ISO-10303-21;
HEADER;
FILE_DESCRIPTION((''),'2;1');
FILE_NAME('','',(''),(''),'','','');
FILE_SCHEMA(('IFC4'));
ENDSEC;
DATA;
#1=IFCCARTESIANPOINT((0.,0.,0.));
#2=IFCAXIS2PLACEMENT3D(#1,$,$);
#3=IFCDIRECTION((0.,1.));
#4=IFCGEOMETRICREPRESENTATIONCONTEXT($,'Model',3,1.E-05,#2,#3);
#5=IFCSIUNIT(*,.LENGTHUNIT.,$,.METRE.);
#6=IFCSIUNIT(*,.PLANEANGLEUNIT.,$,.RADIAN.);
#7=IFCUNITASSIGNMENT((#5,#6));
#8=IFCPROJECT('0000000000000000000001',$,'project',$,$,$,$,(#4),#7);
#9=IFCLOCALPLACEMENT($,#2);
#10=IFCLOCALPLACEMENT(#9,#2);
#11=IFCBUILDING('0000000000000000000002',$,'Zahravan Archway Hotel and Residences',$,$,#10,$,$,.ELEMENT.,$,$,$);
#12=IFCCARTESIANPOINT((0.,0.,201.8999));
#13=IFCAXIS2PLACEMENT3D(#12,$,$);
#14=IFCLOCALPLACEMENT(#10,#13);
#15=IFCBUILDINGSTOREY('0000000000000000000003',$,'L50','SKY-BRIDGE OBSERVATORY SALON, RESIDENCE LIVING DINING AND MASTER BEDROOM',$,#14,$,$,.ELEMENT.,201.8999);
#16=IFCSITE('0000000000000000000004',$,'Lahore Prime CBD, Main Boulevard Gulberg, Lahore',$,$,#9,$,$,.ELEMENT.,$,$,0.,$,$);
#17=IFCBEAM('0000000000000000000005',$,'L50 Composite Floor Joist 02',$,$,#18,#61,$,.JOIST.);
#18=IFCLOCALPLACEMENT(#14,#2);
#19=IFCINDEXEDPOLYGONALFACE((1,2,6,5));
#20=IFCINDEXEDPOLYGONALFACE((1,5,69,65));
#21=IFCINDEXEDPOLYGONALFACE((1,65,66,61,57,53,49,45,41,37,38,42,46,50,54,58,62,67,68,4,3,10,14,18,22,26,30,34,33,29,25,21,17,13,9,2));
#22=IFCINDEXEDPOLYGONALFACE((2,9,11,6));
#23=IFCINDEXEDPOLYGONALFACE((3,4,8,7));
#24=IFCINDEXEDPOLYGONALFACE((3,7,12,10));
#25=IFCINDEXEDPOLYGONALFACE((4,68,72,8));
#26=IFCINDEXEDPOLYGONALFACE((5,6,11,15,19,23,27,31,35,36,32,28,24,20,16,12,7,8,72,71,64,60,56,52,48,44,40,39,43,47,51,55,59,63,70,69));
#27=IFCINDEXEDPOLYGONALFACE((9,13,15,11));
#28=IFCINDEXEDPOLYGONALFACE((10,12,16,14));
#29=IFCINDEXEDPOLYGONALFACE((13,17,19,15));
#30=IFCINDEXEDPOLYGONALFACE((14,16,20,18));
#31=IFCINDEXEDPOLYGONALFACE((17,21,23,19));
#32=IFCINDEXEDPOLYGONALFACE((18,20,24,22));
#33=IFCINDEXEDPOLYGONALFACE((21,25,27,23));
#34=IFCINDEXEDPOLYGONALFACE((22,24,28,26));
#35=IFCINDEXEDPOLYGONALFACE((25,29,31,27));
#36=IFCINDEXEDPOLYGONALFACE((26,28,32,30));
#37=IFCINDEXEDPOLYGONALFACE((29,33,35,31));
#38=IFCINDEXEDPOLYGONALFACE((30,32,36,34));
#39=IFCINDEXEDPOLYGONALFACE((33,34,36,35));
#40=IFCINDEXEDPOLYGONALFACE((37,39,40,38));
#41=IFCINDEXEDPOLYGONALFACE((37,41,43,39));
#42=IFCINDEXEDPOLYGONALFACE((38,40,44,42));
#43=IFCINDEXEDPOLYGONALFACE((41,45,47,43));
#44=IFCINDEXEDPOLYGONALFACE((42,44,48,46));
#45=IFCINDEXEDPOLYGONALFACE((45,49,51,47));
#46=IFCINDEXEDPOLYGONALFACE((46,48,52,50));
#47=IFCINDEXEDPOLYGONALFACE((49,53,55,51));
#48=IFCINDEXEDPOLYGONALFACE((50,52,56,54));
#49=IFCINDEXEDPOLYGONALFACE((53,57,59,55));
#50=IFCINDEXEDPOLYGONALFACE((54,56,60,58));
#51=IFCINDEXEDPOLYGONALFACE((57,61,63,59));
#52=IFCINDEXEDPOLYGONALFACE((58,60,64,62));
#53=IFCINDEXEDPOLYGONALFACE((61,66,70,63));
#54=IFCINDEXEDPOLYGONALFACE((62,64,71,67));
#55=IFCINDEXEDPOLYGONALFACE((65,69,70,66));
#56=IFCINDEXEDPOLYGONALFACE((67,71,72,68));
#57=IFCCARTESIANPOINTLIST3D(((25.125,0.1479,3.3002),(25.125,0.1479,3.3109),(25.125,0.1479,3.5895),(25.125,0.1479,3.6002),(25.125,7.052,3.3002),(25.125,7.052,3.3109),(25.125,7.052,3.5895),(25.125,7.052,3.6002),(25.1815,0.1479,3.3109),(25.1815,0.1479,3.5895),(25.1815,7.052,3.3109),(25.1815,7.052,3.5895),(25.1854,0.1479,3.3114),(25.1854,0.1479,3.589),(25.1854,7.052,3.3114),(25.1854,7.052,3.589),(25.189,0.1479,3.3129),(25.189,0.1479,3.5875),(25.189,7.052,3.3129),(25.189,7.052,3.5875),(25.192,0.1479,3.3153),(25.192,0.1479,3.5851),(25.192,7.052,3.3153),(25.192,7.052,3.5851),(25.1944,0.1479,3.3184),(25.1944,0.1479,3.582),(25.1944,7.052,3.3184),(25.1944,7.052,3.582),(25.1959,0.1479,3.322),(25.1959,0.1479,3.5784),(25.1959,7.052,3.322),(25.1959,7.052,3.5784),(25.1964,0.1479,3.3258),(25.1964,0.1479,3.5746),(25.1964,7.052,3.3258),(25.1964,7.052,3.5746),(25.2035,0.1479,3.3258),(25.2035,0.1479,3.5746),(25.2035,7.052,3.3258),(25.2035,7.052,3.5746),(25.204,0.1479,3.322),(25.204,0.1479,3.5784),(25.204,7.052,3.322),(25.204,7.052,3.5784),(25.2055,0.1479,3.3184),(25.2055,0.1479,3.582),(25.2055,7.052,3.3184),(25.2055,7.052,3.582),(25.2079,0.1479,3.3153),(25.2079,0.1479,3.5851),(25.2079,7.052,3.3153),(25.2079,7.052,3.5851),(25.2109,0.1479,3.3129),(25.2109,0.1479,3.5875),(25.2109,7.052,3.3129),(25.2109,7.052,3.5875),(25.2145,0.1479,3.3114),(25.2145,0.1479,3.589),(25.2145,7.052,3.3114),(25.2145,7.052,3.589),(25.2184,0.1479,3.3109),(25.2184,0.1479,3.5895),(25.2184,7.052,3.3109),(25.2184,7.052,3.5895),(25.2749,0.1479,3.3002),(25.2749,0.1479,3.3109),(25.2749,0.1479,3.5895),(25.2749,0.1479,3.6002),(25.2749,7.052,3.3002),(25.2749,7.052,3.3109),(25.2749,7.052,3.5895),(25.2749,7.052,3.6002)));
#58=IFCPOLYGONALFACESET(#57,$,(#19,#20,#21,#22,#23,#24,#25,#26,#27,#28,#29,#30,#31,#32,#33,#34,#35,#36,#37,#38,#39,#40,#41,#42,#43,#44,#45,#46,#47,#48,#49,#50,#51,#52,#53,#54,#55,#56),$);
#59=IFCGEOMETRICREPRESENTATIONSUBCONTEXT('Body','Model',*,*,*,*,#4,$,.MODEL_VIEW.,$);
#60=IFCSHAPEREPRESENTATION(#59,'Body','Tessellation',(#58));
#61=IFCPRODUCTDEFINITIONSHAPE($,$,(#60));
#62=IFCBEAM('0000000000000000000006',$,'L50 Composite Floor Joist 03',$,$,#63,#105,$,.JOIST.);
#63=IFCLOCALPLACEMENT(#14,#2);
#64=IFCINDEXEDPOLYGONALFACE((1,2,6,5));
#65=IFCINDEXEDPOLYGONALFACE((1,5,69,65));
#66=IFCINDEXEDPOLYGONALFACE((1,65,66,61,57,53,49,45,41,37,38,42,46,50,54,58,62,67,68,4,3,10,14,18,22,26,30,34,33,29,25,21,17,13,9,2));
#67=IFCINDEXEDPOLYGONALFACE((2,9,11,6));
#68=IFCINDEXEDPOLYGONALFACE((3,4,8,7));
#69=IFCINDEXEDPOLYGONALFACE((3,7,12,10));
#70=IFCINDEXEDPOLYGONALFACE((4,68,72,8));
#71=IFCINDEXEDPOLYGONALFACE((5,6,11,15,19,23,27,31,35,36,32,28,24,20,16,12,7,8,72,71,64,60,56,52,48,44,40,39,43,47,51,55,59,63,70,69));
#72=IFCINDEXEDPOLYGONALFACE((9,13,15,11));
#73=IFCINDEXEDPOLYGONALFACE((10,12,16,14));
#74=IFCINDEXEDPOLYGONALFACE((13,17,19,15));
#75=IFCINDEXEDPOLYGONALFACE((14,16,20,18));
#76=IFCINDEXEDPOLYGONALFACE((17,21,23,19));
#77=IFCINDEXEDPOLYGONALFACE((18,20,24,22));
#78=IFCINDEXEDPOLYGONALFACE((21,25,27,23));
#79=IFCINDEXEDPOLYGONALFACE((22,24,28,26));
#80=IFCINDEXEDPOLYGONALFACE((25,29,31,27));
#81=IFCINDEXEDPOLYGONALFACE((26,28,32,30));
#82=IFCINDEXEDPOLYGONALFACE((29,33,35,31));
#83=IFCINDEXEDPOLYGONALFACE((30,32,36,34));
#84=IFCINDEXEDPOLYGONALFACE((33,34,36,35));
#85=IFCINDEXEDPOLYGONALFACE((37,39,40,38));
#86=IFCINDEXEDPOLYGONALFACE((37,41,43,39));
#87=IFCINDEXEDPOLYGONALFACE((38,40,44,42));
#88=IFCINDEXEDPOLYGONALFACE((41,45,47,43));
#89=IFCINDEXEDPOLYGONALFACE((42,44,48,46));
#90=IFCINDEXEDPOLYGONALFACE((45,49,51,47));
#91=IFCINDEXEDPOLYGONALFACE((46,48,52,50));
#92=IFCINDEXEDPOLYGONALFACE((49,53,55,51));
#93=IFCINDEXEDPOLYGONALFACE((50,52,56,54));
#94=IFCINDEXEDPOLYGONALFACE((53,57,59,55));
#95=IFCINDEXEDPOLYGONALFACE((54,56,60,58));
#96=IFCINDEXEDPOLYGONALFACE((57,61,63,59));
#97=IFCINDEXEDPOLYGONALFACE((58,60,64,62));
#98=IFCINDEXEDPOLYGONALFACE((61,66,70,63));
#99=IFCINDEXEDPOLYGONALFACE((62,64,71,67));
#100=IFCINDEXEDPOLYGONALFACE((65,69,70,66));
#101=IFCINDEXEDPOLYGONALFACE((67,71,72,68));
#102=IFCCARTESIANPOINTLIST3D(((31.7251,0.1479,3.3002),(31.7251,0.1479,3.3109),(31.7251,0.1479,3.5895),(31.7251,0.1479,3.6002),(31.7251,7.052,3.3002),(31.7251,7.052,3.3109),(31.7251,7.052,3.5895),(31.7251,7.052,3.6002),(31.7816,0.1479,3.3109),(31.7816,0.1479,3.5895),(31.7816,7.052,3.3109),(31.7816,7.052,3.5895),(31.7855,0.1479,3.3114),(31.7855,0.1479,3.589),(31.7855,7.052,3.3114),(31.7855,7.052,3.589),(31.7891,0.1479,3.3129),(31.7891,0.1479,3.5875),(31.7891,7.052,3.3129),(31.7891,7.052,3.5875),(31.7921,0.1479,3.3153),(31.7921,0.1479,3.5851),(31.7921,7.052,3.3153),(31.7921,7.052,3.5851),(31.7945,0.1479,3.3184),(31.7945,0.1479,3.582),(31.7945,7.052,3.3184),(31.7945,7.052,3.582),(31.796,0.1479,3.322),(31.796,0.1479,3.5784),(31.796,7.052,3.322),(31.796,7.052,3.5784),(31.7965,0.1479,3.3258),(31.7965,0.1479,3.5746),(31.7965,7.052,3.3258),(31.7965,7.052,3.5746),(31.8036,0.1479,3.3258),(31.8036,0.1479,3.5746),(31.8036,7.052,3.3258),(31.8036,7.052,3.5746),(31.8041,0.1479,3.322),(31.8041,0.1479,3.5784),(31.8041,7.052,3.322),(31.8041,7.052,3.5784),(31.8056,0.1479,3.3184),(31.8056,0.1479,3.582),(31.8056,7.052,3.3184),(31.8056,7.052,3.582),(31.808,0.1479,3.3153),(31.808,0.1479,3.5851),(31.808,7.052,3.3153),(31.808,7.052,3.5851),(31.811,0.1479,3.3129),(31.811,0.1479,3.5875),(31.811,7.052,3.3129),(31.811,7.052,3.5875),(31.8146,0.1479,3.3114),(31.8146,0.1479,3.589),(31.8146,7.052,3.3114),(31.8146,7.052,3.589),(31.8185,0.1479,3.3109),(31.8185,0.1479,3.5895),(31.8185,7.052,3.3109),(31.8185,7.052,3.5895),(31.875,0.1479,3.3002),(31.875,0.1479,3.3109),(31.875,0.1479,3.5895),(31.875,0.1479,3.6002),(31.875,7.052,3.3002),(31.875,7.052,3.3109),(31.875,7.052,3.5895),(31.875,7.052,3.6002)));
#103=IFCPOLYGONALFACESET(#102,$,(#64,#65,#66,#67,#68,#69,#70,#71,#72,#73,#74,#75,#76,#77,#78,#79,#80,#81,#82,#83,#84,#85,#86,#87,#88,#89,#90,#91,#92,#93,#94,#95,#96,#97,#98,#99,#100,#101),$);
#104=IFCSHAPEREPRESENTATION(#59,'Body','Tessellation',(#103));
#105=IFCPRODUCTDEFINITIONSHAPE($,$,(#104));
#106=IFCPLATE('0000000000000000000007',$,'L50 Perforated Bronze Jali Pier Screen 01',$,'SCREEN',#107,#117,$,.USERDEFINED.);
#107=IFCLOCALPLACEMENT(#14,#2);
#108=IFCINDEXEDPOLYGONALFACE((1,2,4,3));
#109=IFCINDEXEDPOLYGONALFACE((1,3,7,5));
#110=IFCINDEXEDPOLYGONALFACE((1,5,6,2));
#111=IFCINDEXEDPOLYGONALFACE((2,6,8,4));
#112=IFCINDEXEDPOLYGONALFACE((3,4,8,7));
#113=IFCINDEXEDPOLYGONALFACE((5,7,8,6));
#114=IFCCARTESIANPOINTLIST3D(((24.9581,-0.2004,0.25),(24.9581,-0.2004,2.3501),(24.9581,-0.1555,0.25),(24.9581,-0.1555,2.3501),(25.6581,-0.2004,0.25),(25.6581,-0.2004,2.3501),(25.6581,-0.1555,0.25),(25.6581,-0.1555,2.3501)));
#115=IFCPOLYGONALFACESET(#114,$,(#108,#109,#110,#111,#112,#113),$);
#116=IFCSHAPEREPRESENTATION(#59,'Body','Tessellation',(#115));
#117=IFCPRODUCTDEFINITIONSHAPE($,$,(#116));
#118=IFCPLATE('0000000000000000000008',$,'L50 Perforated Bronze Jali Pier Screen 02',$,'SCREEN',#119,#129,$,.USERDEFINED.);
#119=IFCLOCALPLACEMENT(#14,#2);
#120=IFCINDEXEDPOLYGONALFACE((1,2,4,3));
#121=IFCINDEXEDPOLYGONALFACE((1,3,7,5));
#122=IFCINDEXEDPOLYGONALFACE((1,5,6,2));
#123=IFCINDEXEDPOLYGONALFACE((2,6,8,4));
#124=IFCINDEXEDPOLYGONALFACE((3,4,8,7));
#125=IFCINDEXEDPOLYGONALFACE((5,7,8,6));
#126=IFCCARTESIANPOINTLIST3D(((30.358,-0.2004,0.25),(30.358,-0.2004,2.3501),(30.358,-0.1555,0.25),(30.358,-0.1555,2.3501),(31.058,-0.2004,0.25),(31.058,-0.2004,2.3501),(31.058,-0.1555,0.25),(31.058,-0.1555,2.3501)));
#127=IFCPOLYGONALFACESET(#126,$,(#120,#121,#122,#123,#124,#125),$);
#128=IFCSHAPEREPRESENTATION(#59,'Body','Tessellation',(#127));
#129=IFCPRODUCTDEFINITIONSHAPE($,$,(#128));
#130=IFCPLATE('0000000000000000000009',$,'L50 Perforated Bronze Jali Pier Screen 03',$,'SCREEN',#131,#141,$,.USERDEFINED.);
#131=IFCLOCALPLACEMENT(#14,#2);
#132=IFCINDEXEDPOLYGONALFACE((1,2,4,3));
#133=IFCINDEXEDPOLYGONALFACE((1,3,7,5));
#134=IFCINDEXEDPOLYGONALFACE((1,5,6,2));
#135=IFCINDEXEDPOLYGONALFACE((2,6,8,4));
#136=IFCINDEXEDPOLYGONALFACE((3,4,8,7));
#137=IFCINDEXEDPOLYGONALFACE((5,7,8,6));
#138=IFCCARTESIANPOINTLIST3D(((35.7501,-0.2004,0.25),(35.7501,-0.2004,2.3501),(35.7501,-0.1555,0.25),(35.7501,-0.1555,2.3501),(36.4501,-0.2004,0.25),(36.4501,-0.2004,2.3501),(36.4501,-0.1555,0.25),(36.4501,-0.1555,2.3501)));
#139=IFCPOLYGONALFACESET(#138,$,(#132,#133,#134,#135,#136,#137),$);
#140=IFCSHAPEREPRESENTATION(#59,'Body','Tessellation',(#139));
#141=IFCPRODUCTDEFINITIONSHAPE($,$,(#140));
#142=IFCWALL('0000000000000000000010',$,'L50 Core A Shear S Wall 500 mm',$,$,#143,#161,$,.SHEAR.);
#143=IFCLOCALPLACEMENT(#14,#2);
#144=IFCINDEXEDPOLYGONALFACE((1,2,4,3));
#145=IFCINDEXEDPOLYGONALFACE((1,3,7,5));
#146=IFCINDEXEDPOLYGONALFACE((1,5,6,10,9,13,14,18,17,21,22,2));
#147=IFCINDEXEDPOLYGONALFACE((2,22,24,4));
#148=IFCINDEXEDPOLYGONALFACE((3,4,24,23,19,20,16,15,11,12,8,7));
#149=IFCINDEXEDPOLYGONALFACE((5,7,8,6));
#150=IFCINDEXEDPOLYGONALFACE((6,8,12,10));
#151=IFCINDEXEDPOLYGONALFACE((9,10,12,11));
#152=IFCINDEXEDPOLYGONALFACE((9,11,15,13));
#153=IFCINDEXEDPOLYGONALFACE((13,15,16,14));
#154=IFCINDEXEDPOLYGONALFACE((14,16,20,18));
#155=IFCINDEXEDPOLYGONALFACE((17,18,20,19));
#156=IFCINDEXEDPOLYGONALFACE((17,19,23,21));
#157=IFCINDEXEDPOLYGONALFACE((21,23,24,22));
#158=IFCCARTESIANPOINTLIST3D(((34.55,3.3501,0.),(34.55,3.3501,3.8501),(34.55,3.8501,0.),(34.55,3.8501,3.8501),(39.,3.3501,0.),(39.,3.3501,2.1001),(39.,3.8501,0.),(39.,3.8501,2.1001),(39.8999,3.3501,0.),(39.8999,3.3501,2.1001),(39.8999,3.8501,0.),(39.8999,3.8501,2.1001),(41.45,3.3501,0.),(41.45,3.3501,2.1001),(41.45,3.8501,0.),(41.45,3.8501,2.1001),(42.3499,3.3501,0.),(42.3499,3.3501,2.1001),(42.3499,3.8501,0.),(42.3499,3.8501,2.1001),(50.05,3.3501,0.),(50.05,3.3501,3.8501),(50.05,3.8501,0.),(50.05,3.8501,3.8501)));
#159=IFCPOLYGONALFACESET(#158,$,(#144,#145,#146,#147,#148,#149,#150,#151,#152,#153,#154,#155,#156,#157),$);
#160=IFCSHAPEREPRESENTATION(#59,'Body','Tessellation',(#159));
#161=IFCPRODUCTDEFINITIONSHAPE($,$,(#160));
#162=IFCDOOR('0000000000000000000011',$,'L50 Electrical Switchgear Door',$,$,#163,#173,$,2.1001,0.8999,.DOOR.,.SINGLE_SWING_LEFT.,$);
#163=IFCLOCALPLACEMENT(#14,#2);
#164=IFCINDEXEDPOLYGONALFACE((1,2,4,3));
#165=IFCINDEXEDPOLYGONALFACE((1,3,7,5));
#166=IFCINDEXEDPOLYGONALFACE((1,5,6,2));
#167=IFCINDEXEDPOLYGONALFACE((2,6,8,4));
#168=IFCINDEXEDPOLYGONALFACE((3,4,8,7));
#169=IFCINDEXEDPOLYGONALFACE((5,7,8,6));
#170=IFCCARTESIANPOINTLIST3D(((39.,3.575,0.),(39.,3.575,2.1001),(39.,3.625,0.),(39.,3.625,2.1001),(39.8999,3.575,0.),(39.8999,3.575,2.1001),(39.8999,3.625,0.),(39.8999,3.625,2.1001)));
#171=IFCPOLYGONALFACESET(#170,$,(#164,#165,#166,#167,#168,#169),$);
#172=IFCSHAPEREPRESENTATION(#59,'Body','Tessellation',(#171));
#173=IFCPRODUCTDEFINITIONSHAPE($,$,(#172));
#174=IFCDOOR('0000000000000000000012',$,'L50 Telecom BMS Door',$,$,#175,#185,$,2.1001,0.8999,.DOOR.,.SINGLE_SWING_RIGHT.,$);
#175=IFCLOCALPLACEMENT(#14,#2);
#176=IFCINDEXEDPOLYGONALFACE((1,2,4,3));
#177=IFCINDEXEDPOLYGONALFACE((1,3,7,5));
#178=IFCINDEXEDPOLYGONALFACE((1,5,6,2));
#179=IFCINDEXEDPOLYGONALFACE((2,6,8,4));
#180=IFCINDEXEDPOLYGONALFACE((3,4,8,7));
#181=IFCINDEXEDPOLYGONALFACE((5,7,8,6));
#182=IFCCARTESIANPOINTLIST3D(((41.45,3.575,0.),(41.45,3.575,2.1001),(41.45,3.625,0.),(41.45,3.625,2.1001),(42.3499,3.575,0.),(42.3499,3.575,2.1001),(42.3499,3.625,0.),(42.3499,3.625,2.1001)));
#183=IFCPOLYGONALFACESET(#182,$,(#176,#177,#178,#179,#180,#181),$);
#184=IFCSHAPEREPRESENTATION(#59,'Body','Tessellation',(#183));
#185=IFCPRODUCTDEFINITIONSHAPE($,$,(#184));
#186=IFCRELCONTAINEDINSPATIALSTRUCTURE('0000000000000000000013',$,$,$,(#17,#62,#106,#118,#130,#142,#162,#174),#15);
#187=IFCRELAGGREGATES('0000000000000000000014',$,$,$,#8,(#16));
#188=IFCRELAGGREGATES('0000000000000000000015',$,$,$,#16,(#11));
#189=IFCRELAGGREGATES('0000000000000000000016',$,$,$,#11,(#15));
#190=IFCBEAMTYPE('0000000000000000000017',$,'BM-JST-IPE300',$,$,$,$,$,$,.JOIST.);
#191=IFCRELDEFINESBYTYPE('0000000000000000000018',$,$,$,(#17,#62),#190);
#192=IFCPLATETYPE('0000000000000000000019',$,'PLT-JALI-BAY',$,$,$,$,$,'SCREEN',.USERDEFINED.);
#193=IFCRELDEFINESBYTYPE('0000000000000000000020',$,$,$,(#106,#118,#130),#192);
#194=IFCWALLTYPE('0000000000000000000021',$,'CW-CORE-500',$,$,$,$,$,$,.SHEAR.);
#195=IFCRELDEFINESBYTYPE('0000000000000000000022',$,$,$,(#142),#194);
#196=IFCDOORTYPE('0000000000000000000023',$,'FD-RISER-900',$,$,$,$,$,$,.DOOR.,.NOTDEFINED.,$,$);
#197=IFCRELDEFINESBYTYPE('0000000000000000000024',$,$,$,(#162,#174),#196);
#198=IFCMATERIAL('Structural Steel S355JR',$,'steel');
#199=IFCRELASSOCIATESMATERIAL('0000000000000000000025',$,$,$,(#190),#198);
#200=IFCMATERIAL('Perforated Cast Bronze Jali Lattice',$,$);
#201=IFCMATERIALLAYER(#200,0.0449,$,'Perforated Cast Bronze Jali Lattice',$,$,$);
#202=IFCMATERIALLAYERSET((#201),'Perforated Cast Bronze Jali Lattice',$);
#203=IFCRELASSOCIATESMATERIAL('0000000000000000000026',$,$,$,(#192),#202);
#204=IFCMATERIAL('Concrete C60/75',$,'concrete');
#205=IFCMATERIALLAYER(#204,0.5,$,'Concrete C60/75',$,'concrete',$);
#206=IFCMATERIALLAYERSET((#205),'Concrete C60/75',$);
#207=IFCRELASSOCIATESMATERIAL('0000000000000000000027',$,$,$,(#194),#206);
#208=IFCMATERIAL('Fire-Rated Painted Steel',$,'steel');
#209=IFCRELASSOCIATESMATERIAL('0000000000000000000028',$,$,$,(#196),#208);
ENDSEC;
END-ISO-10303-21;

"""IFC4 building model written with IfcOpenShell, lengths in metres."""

from ifc_helpers import new_model, si_unit, direction, frame, frame_2d, origin, origin_2d, place, context, subcontext, project, spatial, rectangle, i_section, extrude, source, transform, mapped, material, layer, layer_set, material_profile, profile_set, type_object, type_shapes, element, fill, save


model = new_model("IFC4")

# Units and contexts
model_context = context("Model", 3, precision=1e-05, world=origin(), true_north=direction((0.0, 1.0)))
body_context = subcontext(model_context, "Body", "Model", "MODEL_VIEW")
ifc_project = project(units=[si_unit("LENGTHUNIT", "METRE"), si_unit("PLANEANGLEUNIT", "RADIAN")], contexts=[model_context])

# Site, building, storey
site_placement = place(None, origin())
site = spatial("IfcSite", under=ifc_project, at=site_placement, Name="Lahore Prime CBD, Main Boulevard Gulberg, Lahore", CompositionType="ELEMENT", RefElevation=0.0)
building_placement = place(site_placement, origin())
building = spatial("IfcBuilding", under=site, at=building_placement, Name="Zahravan Archway Hotel and Residences", CompositionType="ELEMENT")
storey_placement = place(building_placement, frame((0.0, 0.0, 201.8999)))
storey = spatial("IfcBuildingStorey", under=building, at=storey_placement, Name="L50", Description="SKY-BRIDGE OBSERVATORY SALON, RESIDENCE LIVING DINING AND MASTER BEDROOM", CompositionType="ELEMENT", Elevation=201.8999)

# Shared definitions
ifc_material_1 = material(Name="Concrete C60/75", Category="concrete")

# Beams
ifc_material_2 = material(Name="Structural Steel S355JR", Category="steel")
ifc_material_profile_1 = material_profile(ifc_material_2, i_section(OverallWidth=0.1499, OverallDepth=0.3, WebThickness=0.0071, FlangeThickness=0.0107, FilletRadius=0.0149, at=origin_2d()), Name="IPE 300", Category="steel")
ifc_profile_set_1 = profile_set([ifc_material_profile_1], Name="Structural Steel S355JR")
beam_type_1 = type_object("IfcBeamType", Name="BM-JST-IPE300", PredefinedType="JOIST", material=ifc_profile_set_1)
shared_shape_1 = source(origin(), body_context, "Body", "SweptSolid", [
    extrude(i_section(OverallWidth=0.1499, OverallDepth=0.3, WebThickness=0.0071, FlangeThickness=0.0107, FilletRadius=0.0149, at=origin_2d()), origin(), (0.0, 0.0, 1.0), 6.9041),
])
type_shapes(beam_type_1, [shared_shape_1])
for number, where, z_axis, x_axis, name in (
    (1, (25.2, 0.1479, 3.4502), (0.0, 1.0, 0.0), (-1.0, 0.0, 0.0), "L50 Composite Floor Joist 02"),
    (2, (31.8, 0.1479, 3.4502), (0.0, 1.0, 0.0), (-1.0, 0.0, 0.0), "L50 Composite Floor Joist 03"),
):
    element("IfcBeam", number, at=place(storey_placement, frame(where, z_axis=z_axis, x_axis=x_axis)), inside=storey, type_object=beam_type_1, Name=name, PredefinedType="JOIST", context=body_context, shape_type="MappedRepresentation", body=[
        mapped(shared_shape_1, transform((0.0, 0.0, 0.0), scale=1.0)),
    ])

# Plates
ifc_material_3 = material(Name="Perforated Cast Bronze Jali Lattice")
ifc_layer_1 = layer(ifc_material_3, 0.0449, Name="Perforated Cast Bronze Jali Lattice")
ifc_layer_set_1 = layer_set([ifc_layer_1], Name="Perforated Cast Bronze Jali Lattice")
plate_type = type_object("IfcPlateType", Name="PLT-JALI-BAY", ElementType="SCREEN", PredefinedType="USERDEFINED", material=ifc_layer_set_1)
shared_shape_2 = source(origin(), body_context, "Body", "SweptSolid", [
    extrude(rectangle(XDim=0.7, YDim=0.0449, at=origin_2d()), origin(), (0.0, 0.0, 1.0), 2.1001),
])
type_shapes(plate_type, [shared_shape_2])
for number, where, z_axis, x_axis, name in (
    (3, (25.3081, -0.178, 0.25), (0.0, 0.0, 1.0), (1.0, 0.0, 0.0), "L50 Perforated Bronze Jali Pier Screen 01"),
    (4, (30.708, -0.178, 0.25), (0.0, 0.0, 1.0), (1.0, 0.0, 0.0), "L50 Perforated Bronze Jali Pier Screen 02"),
    (5, (36.1001, -0.178, 0.25), (0.0, 0.0, 1.0), (1.0, 0.0, 0.0), "L50 Perforated Bronze Jali Pier Screen 03"),
):
    element("IfcPlate", number, at=place(storey_placement, frame(where, z_axis=z_axis, x_axis=x_axis)), inside=storey, type_object=plate_type, Name=name, ObjectType="SCREEN", PredefinedType="USERDEFINED", context=body_context, shape_type="MappedRepresentation", body=[
        mapped(shared_shape_2, transform((0.0, 0.0, 0.0), scale=1.0)),
    ])

# Wall, openings, doors
ifc_layer_2 = layer(ifc_material_1, 0.5, Name="Concrete C60/75", Category="concrete")
ifc_layer_set_2 = layer_set([ifc_layer_2], Name="Concrete C60/75")
wall_type_1 = type_object("IfcWallType", Name="CW-CORE-500", PredefinedType="SHEAR", material=ifc_layer_set_2)
wall_1_placement = place(storey_placement, frame((34.55, 3.6001, 0.0), z_axis=(0.0, 0.0, 1.0), x_axis=(1.0, 0.0, 0.0)))
wall_1 = element("IfcWall", 6, at=wall_1_placement, inside=storey, type_object=wall_type_1, Name="L50 Core A Shear S Wall 500 mm", PredefinedType="SHEAR", context=body_context, shape_type="SweptSolid", body=[
    extrude(rectangle(XDim=15.5, YDim=0.5, at=frame_2d((7.75, 0.0))), origin(), (0.0, 0.0, 1.0), 3.8501),
])
opening_1_placement = place(wall_1_placement, frame((4.45, 0.0, 0.0)))
opening_1 = element("IfcOpeningElement", 7, at=opening_1_placement, cuts=wall_1, PredefinedType="OPENING", context=body_context, shape_type="SweptSolid", body=[
    extrude(rectangle(XDim=0.8999, YDim=2.1001, at=frame_2d((0.45, 1.05))), frame((0.0, 0.26, 0.0), z_axis=(0.0, -1.0, 0.0), x_axis=(1.0, 0.0, 0.0)), (0.0, 0.0, 1.0), 0.52),
])
opening_2_placement = place(wall_1_placement, frame((6.8999, 0.0, 0.0)))
opening_2 = element("IfcOpeningElement", 8, at=opening_2_placement, cuts=wall_1, PredefinedType="OPENING", context=body_context, shape_type="SweptSolid", body=[
    extrude(rectangle(XDim=0.8999, YDim=2.1001, at=frame_2d((0.45, 1.05))), frame((0.0, 0.26, 0.0), z_axis=(0.0, -1.0, 0.0), x_axis=(1.0, 0.0, 0.0)), (0.0, 0.0, 1.0), 0.52),
])
ifc_material_4 = material(Name="Fire-Rated Painted Steel", Category="steel")
door_type_1 = type_object("IfcDoorType", Name="FD-RISER-900", OperationType="NOTDEFINED", PredefinedType="DOOR", material=ifc_material_4)
shared_shape_3 = source(origin(), body_context, "Body", "SweptSolid", [
    extrude(rectangle(XDim=0.8999, YDim=2.1001, at=frame_2d((0.45, 1.05))), frame((0.0, 0.0249, 0.0), z_axis=(0.0, -1.0, 0.0), x_axis=(1.0, 0.0, 0.0)), (0.0, 0.0, 1.0), 0.05),
])
type_shapes(door_type_1, [shared_shape_3])
door_1_placement = place(opening_1_placement, origin())
door_1 = element("IfcDoor", 9, at=door_1_placement, inside=storey, type_object=door_type_1, Name="L50 Electrical Switchgear Door", OperationType="SINGLE_SWING_LEFT", OverallHeight=2.1001, OverallWidth=0.8999, PredefinedType="DOOR", context=body_context, shape_type="MappedRepresentation", body=[
    mapped(shared_shape_3, transform((0.0, 0.0, 0.0), scale=1.0)),
])
fill(opening_1, door_1)
door_2_placement = place(opening_2_placement, origin())
door_2 = element("IfcDoor", 10, at=door_2_placement, inside=storey, type_object=door_type_1, Name="L50 Telecom BMS Door", OperationType="SINGLE_SWING_RIGHT", OverallHeight=2.1001, OverallWidth=0.8999, PredefinedType="DOOR", context=body_context, shape_type="MappedRepresentation", body=[
    mapped(shared_shape_3, transform((0.0, 0.0, 0.0), scale=1.0)),
])
fill(opening_2, door_2)

save(model, "model.ifc")
